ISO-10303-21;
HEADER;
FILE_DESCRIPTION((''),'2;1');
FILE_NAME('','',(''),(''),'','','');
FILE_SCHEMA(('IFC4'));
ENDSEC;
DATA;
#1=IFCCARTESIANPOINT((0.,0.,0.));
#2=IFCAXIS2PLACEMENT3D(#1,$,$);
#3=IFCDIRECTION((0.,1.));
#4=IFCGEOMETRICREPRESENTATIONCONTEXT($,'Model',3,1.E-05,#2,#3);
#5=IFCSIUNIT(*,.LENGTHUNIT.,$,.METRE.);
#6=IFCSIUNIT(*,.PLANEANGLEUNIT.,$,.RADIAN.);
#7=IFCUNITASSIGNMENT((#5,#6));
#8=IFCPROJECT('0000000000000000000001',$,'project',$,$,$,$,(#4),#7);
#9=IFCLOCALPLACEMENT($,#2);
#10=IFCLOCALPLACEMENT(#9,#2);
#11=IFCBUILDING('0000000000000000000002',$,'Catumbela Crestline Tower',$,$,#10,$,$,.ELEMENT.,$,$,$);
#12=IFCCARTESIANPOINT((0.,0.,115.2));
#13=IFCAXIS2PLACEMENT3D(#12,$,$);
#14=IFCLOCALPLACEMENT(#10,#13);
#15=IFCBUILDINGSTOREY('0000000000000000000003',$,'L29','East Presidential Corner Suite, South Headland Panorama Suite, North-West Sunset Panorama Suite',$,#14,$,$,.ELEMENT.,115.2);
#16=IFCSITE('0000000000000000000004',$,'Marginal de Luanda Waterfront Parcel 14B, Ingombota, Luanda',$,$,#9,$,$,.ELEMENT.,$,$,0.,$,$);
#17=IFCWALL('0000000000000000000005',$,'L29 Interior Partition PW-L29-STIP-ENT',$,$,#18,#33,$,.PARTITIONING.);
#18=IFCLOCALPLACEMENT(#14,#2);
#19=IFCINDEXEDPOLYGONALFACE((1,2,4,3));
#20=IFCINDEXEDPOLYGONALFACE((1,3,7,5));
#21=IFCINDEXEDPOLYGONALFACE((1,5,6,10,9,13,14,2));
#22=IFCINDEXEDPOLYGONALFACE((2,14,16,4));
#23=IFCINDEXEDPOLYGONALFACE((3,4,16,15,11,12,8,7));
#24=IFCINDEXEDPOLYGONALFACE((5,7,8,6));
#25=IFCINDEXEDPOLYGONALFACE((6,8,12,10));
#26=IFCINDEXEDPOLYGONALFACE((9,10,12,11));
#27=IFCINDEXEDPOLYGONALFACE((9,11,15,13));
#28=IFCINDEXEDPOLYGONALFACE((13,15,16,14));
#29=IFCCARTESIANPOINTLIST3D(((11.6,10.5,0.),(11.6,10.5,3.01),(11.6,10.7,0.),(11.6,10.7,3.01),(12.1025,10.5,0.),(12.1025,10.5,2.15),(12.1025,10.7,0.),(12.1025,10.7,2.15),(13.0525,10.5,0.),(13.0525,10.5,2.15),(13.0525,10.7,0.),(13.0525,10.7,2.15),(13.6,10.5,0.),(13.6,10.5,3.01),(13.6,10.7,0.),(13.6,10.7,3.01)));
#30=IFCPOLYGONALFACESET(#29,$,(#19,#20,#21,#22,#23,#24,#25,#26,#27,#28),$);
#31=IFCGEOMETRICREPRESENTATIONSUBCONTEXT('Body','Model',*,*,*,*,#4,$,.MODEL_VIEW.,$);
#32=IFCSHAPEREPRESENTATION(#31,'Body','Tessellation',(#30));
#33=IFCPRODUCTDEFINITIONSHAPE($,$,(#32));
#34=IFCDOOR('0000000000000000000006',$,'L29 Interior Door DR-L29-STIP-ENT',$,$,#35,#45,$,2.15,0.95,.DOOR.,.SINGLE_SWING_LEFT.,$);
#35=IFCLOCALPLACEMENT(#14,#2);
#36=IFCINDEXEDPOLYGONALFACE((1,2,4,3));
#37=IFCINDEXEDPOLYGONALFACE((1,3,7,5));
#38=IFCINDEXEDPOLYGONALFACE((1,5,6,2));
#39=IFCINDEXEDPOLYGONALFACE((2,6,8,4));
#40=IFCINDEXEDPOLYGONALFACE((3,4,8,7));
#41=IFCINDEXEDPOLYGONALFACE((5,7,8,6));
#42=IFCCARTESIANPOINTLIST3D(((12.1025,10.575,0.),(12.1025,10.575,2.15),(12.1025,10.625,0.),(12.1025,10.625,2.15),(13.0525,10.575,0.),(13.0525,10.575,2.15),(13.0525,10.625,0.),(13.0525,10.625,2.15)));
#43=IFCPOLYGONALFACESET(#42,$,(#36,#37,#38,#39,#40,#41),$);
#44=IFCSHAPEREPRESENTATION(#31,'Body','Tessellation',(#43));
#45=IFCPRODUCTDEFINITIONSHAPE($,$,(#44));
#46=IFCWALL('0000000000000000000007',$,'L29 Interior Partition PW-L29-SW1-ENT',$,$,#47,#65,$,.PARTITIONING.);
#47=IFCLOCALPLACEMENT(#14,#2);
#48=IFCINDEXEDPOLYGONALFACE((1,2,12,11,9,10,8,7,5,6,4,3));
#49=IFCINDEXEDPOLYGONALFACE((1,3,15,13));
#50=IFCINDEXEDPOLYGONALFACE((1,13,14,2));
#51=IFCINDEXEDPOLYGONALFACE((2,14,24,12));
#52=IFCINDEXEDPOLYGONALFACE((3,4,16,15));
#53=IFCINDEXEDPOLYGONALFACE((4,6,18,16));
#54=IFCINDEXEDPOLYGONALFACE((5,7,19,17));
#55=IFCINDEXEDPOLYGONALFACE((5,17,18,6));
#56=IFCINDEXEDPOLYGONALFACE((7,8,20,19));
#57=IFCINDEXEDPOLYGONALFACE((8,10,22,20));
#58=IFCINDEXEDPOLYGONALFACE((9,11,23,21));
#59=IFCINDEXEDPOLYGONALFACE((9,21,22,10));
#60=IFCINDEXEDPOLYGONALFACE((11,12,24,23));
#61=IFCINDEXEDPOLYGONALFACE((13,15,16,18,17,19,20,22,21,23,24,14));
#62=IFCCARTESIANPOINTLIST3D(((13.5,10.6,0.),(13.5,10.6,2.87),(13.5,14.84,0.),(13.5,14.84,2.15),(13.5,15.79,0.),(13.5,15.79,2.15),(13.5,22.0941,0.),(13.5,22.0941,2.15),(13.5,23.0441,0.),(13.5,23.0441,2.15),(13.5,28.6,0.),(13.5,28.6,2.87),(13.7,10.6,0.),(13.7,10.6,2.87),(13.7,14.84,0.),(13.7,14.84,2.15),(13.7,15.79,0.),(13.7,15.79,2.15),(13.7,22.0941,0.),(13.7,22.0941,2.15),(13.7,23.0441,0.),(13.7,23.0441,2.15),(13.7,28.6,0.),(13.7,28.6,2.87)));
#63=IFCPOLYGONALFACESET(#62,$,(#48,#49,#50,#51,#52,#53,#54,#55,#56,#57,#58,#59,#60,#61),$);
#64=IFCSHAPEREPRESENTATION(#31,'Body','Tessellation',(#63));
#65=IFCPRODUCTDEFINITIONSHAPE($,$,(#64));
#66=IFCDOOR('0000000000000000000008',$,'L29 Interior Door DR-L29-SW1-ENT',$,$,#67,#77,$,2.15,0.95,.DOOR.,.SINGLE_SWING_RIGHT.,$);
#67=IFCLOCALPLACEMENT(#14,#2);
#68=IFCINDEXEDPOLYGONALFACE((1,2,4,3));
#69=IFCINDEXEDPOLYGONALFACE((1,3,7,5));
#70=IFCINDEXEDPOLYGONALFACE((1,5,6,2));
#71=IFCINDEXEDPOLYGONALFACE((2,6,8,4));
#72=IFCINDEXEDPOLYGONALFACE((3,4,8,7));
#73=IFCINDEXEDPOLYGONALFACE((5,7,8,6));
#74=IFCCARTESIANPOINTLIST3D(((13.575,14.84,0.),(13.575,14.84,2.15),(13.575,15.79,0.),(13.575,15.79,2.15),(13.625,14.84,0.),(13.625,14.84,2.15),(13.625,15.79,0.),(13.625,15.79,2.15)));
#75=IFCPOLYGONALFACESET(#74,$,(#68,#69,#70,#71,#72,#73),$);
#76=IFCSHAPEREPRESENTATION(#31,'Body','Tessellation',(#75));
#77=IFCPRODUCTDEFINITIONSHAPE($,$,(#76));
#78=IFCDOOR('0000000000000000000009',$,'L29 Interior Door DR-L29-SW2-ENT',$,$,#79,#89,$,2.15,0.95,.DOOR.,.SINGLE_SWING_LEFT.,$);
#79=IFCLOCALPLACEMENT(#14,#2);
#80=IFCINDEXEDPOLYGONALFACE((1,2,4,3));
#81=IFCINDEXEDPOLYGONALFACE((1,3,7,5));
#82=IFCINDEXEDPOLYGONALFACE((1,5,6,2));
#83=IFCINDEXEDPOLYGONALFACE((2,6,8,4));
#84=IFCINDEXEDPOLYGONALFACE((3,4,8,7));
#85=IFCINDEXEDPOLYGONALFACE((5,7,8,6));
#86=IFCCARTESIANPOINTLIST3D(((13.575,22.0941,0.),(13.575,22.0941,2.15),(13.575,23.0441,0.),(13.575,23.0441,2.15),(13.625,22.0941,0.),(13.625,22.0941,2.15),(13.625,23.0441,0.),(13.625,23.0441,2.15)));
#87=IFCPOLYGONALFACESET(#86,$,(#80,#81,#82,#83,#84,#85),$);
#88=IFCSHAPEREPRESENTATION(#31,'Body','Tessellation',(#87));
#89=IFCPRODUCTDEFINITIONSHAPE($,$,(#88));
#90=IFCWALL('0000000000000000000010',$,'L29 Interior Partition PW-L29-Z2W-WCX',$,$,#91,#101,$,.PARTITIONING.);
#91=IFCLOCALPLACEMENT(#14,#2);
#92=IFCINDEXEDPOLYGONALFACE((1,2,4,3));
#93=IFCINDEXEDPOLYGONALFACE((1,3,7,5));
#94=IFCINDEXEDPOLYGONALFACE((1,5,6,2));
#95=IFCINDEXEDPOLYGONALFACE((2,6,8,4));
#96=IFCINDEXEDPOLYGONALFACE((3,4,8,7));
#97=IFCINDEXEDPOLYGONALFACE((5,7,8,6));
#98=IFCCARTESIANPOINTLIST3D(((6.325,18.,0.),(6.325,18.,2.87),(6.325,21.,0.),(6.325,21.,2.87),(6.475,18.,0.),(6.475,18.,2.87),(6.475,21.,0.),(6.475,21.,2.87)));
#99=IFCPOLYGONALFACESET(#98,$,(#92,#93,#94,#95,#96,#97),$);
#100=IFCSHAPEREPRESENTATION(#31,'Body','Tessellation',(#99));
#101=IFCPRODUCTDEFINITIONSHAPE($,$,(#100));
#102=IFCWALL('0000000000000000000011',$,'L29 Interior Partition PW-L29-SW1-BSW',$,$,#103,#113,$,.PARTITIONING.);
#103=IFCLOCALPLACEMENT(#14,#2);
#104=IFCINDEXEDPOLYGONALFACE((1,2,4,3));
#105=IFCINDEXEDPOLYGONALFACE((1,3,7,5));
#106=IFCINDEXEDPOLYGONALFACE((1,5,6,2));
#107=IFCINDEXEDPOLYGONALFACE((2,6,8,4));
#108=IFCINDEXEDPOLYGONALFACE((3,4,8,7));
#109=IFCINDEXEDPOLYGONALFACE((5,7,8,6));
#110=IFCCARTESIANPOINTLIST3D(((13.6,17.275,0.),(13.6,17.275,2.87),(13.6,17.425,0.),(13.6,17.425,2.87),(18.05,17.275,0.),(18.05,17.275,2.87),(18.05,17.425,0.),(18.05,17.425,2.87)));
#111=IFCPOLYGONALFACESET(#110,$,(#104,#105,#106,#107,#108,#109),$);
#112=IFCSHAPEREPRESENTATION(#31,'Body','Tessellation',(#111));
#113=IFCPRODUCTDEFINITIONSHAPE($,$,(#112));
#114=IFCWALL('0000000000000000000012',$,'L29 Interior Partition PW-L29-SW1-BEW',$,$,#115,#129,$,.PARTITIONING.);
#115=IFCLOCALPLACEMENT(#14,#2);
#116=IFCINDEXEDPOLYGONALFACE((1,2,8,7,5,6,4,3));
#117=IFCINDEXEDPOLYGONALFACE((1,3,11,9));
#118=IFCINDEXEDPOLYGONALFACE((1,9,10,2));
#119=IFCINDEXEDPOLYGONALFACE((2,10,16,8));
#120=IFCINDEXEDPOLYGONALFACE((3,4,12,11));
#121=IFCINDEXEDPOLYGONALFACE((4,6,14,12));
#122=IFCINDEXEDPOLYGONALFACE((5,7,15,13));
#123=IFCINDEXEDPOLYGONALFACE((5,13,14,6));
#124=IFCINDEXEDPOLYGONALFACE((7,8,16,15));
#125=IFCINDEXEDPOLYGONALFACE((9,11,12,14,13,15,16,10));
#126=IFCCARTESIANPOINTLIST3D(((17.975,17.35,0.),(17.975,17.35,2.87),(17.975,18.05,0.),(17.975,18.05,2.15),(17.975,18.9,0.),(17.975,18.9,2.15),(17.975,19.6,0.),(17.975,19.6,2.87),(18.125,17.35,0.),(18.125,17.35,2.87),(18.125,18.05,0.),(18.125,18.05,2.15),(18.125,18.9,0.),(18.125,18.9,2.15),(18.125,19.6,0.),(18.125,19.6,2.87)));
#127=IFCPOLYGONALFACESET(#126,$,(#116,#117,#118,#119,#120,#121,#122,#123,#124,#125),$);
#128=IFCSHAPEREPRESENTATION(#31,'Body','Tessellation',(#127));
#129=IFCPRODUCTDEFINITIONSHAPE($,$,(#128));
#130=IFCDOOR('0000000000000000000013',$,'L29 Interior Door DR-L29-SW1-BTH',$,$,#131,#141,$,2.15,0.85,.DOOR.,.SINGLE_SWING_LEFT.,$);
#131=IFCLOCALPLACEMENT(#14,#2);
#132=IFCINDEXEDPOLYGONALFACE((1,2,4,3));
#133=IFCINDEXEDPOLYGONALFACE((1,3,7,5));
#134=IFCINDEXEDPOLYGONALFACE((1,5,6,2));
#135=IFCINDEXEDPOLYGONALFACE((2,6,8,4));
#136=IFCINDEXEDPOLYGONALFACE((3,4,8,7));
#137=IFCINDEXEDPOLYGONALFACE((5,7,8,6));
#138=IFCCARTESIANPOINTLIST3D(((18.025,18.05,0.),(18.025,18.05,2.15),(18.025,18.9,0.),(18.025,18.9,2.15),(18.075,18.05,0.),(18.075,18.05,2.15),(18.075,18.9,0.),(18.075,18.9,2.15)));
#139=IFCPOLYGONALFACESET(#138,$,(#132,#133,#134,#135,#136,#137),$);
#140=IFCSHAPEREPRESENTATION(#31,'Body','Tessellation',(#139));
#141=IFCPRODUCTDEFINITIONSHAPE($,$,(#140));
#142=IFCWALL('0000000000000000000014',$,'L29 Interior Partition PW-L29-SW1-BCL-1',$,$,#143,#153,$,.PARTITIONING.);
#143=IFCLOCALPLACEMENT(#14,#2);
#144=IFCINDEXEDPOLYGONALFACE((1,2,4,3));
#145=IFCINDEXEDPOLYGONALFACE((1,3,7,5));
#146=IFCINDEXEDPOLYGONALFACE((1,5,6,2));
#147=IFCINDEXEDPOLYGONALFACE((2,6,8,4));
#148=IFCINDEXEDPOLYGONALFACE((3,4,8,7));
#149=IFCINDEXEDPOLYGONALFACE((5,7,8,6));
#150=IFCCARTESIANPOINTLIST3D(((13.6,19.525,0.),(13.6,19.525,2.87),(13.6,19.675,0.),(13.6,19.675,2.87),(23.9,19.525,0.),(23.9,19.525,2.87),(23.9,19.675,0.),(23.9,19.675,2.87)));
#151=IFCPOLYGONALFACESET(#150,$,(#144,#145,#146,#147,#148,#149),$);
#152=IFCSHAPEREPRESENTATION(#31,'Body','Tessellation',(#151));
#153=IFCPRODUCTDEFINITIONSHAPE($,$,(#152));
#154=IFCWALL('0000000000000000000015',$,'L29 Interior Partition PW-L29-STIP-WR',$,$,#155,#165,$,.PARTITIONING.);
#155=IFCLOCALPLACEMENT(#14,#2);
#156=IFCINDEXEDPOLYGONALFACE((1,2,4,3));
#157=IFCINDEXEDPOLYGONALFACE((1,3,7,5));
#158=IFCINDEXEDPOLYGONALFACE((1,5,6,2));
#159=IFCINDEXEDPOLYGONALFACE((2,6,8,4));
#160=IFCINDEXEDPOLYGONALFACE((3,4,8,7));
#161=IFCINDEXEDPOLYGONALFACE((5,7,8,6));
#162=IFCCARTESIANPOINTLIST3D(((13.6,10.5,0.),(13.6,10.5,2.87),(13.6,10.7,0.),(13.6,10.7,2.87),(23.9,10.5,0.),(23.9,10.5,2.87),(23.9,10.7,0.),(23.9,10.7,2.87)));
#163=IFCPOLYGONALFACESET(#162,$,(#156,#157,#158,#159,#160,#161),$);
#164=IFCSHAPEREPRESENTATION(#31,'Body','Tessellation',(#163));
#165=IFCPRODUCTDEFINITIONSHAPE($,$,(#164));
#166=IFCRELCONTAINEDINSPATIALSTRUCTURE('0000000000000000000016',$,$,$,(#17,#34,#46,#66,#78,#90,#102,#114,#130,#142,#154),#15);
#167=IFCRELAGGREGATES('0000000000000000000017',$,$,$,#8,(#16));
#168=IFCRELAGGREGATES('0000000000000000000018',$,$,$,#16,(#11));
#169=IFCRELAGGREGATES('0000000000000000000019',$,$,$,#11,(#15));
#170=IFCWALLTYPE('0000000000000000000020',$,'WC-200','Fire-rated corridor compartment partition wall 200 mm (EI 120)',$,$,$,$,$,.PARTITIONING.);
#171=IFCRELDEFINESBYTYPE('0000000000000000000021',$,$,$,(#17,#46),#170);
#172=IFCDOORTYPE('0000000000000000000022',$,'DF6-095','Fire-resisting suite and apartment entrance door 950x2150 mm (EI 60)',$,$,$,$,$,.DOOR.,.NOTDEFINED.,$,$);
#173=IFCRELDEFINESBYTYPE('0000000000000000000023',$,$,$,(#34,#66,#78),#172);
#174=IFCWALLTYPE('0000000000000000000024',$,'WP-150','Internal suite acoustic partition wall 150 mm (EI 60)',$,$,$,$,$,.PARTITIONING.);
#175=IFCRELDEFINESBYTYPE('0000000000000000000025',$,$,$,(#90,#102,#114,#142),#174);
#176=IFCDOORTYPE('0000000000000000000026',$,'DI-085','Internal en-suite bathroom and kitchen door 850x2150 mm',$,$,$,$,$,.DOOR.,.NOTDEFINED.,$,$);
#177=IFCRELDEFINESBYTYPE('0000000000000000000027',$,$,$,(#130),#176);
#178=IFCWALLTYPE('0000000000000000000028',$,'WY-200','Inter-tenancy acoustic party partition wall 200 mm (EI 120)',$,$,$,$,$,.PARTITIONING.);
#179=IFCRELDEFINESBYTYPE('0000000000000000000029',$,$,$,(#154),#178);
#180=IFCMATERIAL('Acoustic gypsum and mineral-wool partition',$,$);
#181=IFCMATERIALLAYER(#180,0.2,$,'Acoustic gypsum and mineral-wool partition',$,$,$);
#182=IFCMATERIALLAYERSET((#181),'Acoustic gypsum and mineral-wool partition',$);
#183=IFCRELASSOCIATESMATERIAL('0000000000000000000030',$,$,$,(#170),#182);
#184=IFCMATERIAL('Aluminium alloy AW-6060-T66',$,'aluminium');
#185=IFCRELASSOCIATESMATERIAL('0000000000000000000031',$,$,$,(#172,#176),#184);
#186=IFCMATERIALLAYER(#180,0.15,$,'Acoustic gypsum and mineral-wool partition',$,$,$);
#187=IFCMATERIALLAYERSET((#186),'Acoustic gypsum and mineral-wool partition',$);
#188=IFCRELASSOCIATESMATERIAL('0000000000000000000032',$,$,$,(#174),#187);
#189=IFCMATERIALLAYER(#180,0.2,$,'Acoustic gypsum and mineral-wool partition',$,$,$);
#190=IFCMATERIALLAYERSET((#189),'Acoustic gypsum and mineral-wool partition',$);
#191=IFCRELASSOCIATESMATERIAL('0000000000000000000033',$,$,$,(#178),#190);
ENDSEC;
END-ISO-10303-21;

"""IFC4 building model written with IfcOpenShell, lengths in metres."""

from ifc_helpers import new_model, si_unit, direction, frame, frame_2d, origin, place, context, subcontext, project, spatial, rectangle, extrude, material, layer, layer_set, type_object, element, fill, save


model = new_model("IFC4")

# Units and contexts
model_context = context("Model", 3, precision=1e-05, world=origin(), true_north=direction((0.0, 1.0)))
body_context = subcontext(model_context, "Body", "Model", "MODEL_VIEW")
ifc_project = project(units=[si_unit("LENGTHUNIT", "METRE"), si_unit("PLANEANGLEUNIT", "RADIAN")], contexts=[model_context])

# Site, building, storey
site_placement = place(None, origin())
site = spatial("IfcSite", under=ifc_project, at=site_placement, Name="Marginal de Luanda Waterfront Parcel 14B, Ingombota, Luanda", CompositionType="ELEMENT", RefElevation=0.0)
building_placement = place(site_placement, origin())
building = spatial("IfcBuilding", under=site, at=building_placement, Name="Catumbela Crestline Tower", CompositionType="ELEMENT")
storey_placement = place(building_placement, frame((0.0, 0.0, 115.2)))
storey = spatial("IfcBuildingStorey", under=building, at=storey_placement, Name="L29", Description="East Presidential Corner Suite, South Headland Panorama Suite, North-West Sunset Panorama Suite", CompositionType="ELEMENT", Elevation=115.2)

# Shared definitions
ifc_material_1 = material(Name="Acoustic gypsum and mineral-wool partition")
ifc_layer_1 = layer(ifc_material_1, 0.2, Name="Acoustic gypsum and mineral-wool partition")
ifc_layer_set_1 = layer_set([ifc_layer_1], Name="Acoustic gypsum and mineral-wool partition")
wall_type_1 = type_object("IfcWallType", Name="WC-200", Description="Fire-rated corridor compartment partition wall 200 mm (EI 120)", PredefinedType="PARTITIONING", material=ifc_layer_set_1)
ifc_material_2 = material(Name="Aluminium alloy AW-6060-T66", Category="aluminium")
door_type_1 = type_object("IfcDoorType", Name="DF6-095", Description="Fire-resisting suite and apartment entrance door 950x2150 mm (EI 60)", OperationType="NOTDEFINED", PredefinedType="DOOR", material=ifc_material_2)

# Wall, opening, door
wall_1_placement = place(storey_placement, frame((11.6, 10.6, 0.0), z_axis=(0.0, 0.0, 1.0), x_axis=(1.0, 0.0, 0.0)))
wall_1 = element("IfcWall", 1, at=wall_1_placement, inside=storey, type_object=wall_type_1, Name="L29 Interior Partition PW-L29-STIP-ENT", PredefinedType="PARTITIONING", context=body_context, shape_type="SweptSolid", body=[
    extrude(rectangle(XDim=2.0, YDim=0.2, at=frame_2d((1.0, 0.0))), origin(), (0.0, 0.0, 1.0), 3.01),
])
opening_1_placement = place(wall_1_placement, frame((0.5025, 0.0, 0.0)))
opening_1 = element("IfcOpeningElement", 2, at=opening_1_placement, cuts=wall_1, PredefinedType="OPENING", context=body_context, shape_type="SweptSolid", body=[
    extrude(rectangle(XDim=0.95, YDim=2.15, at=frame_2d((0.475, 1.075))), frame((0.0, 0.11, 0.0), z_axis=(0.0, -1.0, 0.0), x_axis=(1.0, 0.0, 0.0)), (0.0, 0.0, 1.0), 0.22),
])
door_1_placement = place(opening_1_placement, origin())
door_1 = element("IfcDoor", 3, at=door_1_placement, inside=storey, type_object=door_type_1, Name="L29 Interior Door DR-L29-STIP-ENT", OperationType="SINGLE_SWING_LEFT", OverallHeight=2.15, OverallWidth=0.95, PredefinedType="DOOR", context=body_context, shape_type="SweptSolid", body=[
    extrude(rectangle(XDim=0.95, YDim=2.15, at=frame_2d((0.475, 1.075))), frame((0.0, 0.025, 0.0), z_axis=(0.0, -1.0, 0.0), x_axis=(1.0, 0.0, 0.0)), (0.0, 0.0, 1.0), 0.05),
])
fill(opening_1, door_1)

# Wall, openings, doors
wall_2_placement = place(storey_placement, frame((13.6, 10.6, 0.0), z_axis=(0.0, 0.0, 1.0), x_axis=(0.0, 1.0, 0.0)))
wall_2 = element("IfcWall", 4, at=wall_2_placement, inside=storey, type_object=wall_type_1, Name="L29 Interior Partition PW-L29-SW1-ENT", PredefinedType="PARTITIONING", context=body_context, shape_type="SweptSolid", body=[
    extrude(rectangle(XDim=18.0, YDim=0.2, at=frame_2d((9.0, 0.0))), origin(), (0.0, 0.0, 1.0), 2.87),
])
opening_2_placement = place(wall_2_placement, frame((4.24, 0.0, 0.0)))
opening_2 = element("IfcOpeningElement", 5, at=opening_2_placement, cuts=wall_2, PredefinedType="OPENING", context=body_context, shape_type="SweptSolid", body=[
    extrude(rectangle(XDim=0.95, YDim=2.15, at=frame_2d((0.475, 1.075))), frame((0.0, 0.11, 0.0), z_axis=(0.0, -1.0, 0.0), x_axis=(1.0, 0.0, 0.0)), (0.0, 0.0, 1.0), 0.22),
])
opening_3_placement = place(wall_2_placement, frame((11.4941, 0.0, 0.0)))
opening_3 = element("IfcOpeningElement", 6, at=opening_3_placement, cuts=wall_2, PredefinedType="OPENING", context=body_context, shape_type="SweptSolid", body=[
    extrude(rectangle(XDim=0.95, YDim=2.15, at=frame_2d((0.475, 1.075))), frame((0.0, 0.11, 0.0), z_axis=(0.0, -1.0, 0.0), x_axis=(1.0, 0.0, 0.0)), (0.0, 0.0, 1.0), 0.22),
])
door_2_placement = place(opening_2_placement, origin())
door_2 = element("IfcDoor", 7, at=door_2_placement, inside=storey, type_object=door_type_1, Name="L29 Interior Door DR-L29-SW1-ENT", OperationType="SINGLE_SWING_RIGHT", OverallHeight=2.15, OverallWidth=0.95, PredefinedType="DOOR", context=body_context, shape_type="SweptSolid", body=[
    extrude(rectangle(XDim=0.95, YDim=2.15, at=frame_2d((0.475, 1.075))), frame((0.0, 0.025, 0.0), z_axis=(0.0, -1.0, 0.0), x_axis=(1.0, 0.0, 0.0)), (0.0, 0.0, 1.0), 0.05),
])
fill(opening_2, door_2)
door_3_placement = place(opening_3_placement, origin())
door_3 = element("IfcDoor", 8, at=door_3_placement, inside=storey, type_object=door_type_1, Name="L29 Interior Door DR-L29-SW2-ENT", OperationType="SINGLE_SWING_LEFT", OverallHeight=2.15, OverallWidth=0.95, PredefinedType="DOOR", context=body_context, shape_type="SweptSolid", body=[
    extrude(rectangle(XDim=0.95, YDim=2.15, at=frame_2d((0.475, 1.075))), frame((0.0, 0.025, 0.0), z_axis=(0.0, -1.0, 0.0), x_axis=(1.0, 0.0, 0.0)), (0.0, 0.0, 1.0), 0.05),
])
fill(opening_3, door_3)

# Walls
ifc_layer_2 = layer(ifc_material_1, 0.15, Name="Acoustic gypsum and mineral-wool partition")
ifc_layer_set_2 = layer_set([ifc_layer_2], Name="Acoustic gypsum and mineral-wool partition")
wall_type_2 = type_object("IfcWallType", Name="WP-150", Description="Internal suite acoustic partition wall 150 mm (EI 60)", PredefinedType="PARTITIONING", material=ifc_layer_set_2)
wall_3_placement = place(storey_placement, frame((6.4, 18.0, 0.0), z_axis=(0.0, 0.0, 1.0), x_axis=(0.0, 1.0, 0.0)))
element("IfcWall", 9, at=wall_3_placement, inside=storey, type_object=wall_type_2, Name="L29 Interior Partition PW-L29-Z2W-WCX", PredefinedType="PARTITIONING", context=body_context, shape_type="SweptSolid", body=[
    extrude(rectangle(XDim=3.0, YDim=0.15, at=frame_2d((1.5, 0.0))), origin(), (0.0, 0.0, 1.0), 2.87),
])
wall_4_placement = place(storey_placement, frame((13.6, 17.35, 0.0), z_axis=(0.0, 0.0, 1.0), x_axis=(1.0, 0.0, 0.0)))
element("IfcWall", 10, at=wall_4_placement, inside=storey, type_object=wall_type_2, Name="L29 Interior Partition PW-L29-SW1-BSW", PredefinedType="PARTITIONING", context=body_context, shape_type="SweptSolid", body=[
    extrude(rectangle(XDim=4.45, YDim=0.15, at=frame_2d((2.225, 0.0))), origin(), (0.0, 0.0, 1.0), 2.87),
])

# Wall, opening, door
wall_5_placement = place(storey_placement, frame((18.05, 17.35, 0.0), z_axis=(0.0, 0.0, 1.0), x_axis=(0.0, 1.0, 0.0)))
wall_5 = element("IfcWall", 11, at=wall_5_placement, inside=storey, type_object=wall_type_2, Name="L29 Interior Partition PW-L29-SW1-BEW", PredefinedType="PARTITIONING", context=body_context, shape_type="SweptSolid", body=[
    extrude(rectangle(XDim=2.25, YDim=0.15, at=frame_2d((1.125, 0.0))), origin(), (0.0, 0.0, 1.0), 2.87),
])
opening_4_placement = place(wall_5_placement, frame((0.7, 0.0, 0.0)))
opening_4 = element("IfcOpeningElement", 12, at=opening_4_placement, cuts=wall_5, PredefinedType="OPENING", context=body_context, shape_type="SweptSolid", body=[
    extrude(rectangle(XDim=0.85, YDim=2.15, at=frame_2d((0.425, 1.075))), frame((0.0, 0.085, 0.0), z_axis=(0.0, -1.0, 0.0), x_axis=(1.0, 0.0, 0.0)), (0.0, 0.0, 1.0), 0.17),
])
door_type_2 = type_object("IfcDoorType", Name="DI-085", Description="Internal en-suite bathroom and kitchen door 850x2150 mm", OperationType="NOTDEFINED", PredefinedType="DOOR", material=ifc_material_2)
door_4_placement = place(opening_4_placement, origin())
door_4 = element("IfcDoor", 13, at=door_4_placement, inside=storey, type_object=door_type_2, Name="L29 Interior Door DR-L29-SW1-BTH", OperationType="SINGLE_SWING_LEFT", OverallHeight=2.15, OverallWidth=0.85, PredefinedType="DOOR", context=body_context, shape_type="SweptSolid", body=[
    extrude(rectangle(XDim=0.85, YDim=2.15, at=frame_2d((0.425, 1.075))), frame((0.0, 0.025, 0.0), z_axis=(0.0, -1.0, 0.0), x_axis=(1.0, 0.0, 0.0)), (0.0, 0.0, 1.0), 0.05),
])
fill(opening_4, door_4)

# Walls
wall_6_placement = place(storey_placement, frame((13.6, 19.6, 0.0), z_axis=(0.0, 0.0, 1.0), x_axis=(1.0, 0.0, 0.0)))
element("IfcWall", 14, at=wall_6_placement, inside=storey, type_object=wall_type_2, Name="L29 Interior Partition PW-L29-SW1-BCL-1", PredefinedType="PARTITIONING", context=body_context, shape_type="SweptSolid", body=[
    extrude(rectangle(XDim=10.3, YDim=0.15, at=frame_2d((5.15, 0.0))), origin(), (0.0, 0.0, 1.0), 2.87),
])
ifc_layer_3 = layer(ifc_material_1, 0.2, Name="Acoustic gypsum and mineral-wool partition")
ifc_layer_set_3 = layer_set([ifc_layer_3], Name="Acoustic gypsum and mineral-wool partition")
wall_type_3 = type_object("IfcWallType", Name="WY-200", Description="Inter-tenancy acoustic party partition wall 200 mm (EI 120)", PredefinedType="PARTITIONING", material=ifc_layer_set_3)
wall_7_placement = place(storey_placement, frame((13.6, 10.6, 0.0), z_axis=(0.0, 0.0, 1.0), x_axis=(1.0, 0.0, 0.0)))
element("IfcWall", 15, at=wall_7_placement, inside=storey, type_object=wall_type_3, Name="L29 Interior Partition PW-L29-STIP-WR", PredefinedType="PARTITIONING", context=body_context, shape_type="SweptSolid", body=[
    extrude(rectangle(XDim=10.3, YDim=0.2, at=frame_2d((5.15, 0.0))), origin(), (0.0, 0.0, 1.0), 2.87),
])

save(model, "model.ifc")
